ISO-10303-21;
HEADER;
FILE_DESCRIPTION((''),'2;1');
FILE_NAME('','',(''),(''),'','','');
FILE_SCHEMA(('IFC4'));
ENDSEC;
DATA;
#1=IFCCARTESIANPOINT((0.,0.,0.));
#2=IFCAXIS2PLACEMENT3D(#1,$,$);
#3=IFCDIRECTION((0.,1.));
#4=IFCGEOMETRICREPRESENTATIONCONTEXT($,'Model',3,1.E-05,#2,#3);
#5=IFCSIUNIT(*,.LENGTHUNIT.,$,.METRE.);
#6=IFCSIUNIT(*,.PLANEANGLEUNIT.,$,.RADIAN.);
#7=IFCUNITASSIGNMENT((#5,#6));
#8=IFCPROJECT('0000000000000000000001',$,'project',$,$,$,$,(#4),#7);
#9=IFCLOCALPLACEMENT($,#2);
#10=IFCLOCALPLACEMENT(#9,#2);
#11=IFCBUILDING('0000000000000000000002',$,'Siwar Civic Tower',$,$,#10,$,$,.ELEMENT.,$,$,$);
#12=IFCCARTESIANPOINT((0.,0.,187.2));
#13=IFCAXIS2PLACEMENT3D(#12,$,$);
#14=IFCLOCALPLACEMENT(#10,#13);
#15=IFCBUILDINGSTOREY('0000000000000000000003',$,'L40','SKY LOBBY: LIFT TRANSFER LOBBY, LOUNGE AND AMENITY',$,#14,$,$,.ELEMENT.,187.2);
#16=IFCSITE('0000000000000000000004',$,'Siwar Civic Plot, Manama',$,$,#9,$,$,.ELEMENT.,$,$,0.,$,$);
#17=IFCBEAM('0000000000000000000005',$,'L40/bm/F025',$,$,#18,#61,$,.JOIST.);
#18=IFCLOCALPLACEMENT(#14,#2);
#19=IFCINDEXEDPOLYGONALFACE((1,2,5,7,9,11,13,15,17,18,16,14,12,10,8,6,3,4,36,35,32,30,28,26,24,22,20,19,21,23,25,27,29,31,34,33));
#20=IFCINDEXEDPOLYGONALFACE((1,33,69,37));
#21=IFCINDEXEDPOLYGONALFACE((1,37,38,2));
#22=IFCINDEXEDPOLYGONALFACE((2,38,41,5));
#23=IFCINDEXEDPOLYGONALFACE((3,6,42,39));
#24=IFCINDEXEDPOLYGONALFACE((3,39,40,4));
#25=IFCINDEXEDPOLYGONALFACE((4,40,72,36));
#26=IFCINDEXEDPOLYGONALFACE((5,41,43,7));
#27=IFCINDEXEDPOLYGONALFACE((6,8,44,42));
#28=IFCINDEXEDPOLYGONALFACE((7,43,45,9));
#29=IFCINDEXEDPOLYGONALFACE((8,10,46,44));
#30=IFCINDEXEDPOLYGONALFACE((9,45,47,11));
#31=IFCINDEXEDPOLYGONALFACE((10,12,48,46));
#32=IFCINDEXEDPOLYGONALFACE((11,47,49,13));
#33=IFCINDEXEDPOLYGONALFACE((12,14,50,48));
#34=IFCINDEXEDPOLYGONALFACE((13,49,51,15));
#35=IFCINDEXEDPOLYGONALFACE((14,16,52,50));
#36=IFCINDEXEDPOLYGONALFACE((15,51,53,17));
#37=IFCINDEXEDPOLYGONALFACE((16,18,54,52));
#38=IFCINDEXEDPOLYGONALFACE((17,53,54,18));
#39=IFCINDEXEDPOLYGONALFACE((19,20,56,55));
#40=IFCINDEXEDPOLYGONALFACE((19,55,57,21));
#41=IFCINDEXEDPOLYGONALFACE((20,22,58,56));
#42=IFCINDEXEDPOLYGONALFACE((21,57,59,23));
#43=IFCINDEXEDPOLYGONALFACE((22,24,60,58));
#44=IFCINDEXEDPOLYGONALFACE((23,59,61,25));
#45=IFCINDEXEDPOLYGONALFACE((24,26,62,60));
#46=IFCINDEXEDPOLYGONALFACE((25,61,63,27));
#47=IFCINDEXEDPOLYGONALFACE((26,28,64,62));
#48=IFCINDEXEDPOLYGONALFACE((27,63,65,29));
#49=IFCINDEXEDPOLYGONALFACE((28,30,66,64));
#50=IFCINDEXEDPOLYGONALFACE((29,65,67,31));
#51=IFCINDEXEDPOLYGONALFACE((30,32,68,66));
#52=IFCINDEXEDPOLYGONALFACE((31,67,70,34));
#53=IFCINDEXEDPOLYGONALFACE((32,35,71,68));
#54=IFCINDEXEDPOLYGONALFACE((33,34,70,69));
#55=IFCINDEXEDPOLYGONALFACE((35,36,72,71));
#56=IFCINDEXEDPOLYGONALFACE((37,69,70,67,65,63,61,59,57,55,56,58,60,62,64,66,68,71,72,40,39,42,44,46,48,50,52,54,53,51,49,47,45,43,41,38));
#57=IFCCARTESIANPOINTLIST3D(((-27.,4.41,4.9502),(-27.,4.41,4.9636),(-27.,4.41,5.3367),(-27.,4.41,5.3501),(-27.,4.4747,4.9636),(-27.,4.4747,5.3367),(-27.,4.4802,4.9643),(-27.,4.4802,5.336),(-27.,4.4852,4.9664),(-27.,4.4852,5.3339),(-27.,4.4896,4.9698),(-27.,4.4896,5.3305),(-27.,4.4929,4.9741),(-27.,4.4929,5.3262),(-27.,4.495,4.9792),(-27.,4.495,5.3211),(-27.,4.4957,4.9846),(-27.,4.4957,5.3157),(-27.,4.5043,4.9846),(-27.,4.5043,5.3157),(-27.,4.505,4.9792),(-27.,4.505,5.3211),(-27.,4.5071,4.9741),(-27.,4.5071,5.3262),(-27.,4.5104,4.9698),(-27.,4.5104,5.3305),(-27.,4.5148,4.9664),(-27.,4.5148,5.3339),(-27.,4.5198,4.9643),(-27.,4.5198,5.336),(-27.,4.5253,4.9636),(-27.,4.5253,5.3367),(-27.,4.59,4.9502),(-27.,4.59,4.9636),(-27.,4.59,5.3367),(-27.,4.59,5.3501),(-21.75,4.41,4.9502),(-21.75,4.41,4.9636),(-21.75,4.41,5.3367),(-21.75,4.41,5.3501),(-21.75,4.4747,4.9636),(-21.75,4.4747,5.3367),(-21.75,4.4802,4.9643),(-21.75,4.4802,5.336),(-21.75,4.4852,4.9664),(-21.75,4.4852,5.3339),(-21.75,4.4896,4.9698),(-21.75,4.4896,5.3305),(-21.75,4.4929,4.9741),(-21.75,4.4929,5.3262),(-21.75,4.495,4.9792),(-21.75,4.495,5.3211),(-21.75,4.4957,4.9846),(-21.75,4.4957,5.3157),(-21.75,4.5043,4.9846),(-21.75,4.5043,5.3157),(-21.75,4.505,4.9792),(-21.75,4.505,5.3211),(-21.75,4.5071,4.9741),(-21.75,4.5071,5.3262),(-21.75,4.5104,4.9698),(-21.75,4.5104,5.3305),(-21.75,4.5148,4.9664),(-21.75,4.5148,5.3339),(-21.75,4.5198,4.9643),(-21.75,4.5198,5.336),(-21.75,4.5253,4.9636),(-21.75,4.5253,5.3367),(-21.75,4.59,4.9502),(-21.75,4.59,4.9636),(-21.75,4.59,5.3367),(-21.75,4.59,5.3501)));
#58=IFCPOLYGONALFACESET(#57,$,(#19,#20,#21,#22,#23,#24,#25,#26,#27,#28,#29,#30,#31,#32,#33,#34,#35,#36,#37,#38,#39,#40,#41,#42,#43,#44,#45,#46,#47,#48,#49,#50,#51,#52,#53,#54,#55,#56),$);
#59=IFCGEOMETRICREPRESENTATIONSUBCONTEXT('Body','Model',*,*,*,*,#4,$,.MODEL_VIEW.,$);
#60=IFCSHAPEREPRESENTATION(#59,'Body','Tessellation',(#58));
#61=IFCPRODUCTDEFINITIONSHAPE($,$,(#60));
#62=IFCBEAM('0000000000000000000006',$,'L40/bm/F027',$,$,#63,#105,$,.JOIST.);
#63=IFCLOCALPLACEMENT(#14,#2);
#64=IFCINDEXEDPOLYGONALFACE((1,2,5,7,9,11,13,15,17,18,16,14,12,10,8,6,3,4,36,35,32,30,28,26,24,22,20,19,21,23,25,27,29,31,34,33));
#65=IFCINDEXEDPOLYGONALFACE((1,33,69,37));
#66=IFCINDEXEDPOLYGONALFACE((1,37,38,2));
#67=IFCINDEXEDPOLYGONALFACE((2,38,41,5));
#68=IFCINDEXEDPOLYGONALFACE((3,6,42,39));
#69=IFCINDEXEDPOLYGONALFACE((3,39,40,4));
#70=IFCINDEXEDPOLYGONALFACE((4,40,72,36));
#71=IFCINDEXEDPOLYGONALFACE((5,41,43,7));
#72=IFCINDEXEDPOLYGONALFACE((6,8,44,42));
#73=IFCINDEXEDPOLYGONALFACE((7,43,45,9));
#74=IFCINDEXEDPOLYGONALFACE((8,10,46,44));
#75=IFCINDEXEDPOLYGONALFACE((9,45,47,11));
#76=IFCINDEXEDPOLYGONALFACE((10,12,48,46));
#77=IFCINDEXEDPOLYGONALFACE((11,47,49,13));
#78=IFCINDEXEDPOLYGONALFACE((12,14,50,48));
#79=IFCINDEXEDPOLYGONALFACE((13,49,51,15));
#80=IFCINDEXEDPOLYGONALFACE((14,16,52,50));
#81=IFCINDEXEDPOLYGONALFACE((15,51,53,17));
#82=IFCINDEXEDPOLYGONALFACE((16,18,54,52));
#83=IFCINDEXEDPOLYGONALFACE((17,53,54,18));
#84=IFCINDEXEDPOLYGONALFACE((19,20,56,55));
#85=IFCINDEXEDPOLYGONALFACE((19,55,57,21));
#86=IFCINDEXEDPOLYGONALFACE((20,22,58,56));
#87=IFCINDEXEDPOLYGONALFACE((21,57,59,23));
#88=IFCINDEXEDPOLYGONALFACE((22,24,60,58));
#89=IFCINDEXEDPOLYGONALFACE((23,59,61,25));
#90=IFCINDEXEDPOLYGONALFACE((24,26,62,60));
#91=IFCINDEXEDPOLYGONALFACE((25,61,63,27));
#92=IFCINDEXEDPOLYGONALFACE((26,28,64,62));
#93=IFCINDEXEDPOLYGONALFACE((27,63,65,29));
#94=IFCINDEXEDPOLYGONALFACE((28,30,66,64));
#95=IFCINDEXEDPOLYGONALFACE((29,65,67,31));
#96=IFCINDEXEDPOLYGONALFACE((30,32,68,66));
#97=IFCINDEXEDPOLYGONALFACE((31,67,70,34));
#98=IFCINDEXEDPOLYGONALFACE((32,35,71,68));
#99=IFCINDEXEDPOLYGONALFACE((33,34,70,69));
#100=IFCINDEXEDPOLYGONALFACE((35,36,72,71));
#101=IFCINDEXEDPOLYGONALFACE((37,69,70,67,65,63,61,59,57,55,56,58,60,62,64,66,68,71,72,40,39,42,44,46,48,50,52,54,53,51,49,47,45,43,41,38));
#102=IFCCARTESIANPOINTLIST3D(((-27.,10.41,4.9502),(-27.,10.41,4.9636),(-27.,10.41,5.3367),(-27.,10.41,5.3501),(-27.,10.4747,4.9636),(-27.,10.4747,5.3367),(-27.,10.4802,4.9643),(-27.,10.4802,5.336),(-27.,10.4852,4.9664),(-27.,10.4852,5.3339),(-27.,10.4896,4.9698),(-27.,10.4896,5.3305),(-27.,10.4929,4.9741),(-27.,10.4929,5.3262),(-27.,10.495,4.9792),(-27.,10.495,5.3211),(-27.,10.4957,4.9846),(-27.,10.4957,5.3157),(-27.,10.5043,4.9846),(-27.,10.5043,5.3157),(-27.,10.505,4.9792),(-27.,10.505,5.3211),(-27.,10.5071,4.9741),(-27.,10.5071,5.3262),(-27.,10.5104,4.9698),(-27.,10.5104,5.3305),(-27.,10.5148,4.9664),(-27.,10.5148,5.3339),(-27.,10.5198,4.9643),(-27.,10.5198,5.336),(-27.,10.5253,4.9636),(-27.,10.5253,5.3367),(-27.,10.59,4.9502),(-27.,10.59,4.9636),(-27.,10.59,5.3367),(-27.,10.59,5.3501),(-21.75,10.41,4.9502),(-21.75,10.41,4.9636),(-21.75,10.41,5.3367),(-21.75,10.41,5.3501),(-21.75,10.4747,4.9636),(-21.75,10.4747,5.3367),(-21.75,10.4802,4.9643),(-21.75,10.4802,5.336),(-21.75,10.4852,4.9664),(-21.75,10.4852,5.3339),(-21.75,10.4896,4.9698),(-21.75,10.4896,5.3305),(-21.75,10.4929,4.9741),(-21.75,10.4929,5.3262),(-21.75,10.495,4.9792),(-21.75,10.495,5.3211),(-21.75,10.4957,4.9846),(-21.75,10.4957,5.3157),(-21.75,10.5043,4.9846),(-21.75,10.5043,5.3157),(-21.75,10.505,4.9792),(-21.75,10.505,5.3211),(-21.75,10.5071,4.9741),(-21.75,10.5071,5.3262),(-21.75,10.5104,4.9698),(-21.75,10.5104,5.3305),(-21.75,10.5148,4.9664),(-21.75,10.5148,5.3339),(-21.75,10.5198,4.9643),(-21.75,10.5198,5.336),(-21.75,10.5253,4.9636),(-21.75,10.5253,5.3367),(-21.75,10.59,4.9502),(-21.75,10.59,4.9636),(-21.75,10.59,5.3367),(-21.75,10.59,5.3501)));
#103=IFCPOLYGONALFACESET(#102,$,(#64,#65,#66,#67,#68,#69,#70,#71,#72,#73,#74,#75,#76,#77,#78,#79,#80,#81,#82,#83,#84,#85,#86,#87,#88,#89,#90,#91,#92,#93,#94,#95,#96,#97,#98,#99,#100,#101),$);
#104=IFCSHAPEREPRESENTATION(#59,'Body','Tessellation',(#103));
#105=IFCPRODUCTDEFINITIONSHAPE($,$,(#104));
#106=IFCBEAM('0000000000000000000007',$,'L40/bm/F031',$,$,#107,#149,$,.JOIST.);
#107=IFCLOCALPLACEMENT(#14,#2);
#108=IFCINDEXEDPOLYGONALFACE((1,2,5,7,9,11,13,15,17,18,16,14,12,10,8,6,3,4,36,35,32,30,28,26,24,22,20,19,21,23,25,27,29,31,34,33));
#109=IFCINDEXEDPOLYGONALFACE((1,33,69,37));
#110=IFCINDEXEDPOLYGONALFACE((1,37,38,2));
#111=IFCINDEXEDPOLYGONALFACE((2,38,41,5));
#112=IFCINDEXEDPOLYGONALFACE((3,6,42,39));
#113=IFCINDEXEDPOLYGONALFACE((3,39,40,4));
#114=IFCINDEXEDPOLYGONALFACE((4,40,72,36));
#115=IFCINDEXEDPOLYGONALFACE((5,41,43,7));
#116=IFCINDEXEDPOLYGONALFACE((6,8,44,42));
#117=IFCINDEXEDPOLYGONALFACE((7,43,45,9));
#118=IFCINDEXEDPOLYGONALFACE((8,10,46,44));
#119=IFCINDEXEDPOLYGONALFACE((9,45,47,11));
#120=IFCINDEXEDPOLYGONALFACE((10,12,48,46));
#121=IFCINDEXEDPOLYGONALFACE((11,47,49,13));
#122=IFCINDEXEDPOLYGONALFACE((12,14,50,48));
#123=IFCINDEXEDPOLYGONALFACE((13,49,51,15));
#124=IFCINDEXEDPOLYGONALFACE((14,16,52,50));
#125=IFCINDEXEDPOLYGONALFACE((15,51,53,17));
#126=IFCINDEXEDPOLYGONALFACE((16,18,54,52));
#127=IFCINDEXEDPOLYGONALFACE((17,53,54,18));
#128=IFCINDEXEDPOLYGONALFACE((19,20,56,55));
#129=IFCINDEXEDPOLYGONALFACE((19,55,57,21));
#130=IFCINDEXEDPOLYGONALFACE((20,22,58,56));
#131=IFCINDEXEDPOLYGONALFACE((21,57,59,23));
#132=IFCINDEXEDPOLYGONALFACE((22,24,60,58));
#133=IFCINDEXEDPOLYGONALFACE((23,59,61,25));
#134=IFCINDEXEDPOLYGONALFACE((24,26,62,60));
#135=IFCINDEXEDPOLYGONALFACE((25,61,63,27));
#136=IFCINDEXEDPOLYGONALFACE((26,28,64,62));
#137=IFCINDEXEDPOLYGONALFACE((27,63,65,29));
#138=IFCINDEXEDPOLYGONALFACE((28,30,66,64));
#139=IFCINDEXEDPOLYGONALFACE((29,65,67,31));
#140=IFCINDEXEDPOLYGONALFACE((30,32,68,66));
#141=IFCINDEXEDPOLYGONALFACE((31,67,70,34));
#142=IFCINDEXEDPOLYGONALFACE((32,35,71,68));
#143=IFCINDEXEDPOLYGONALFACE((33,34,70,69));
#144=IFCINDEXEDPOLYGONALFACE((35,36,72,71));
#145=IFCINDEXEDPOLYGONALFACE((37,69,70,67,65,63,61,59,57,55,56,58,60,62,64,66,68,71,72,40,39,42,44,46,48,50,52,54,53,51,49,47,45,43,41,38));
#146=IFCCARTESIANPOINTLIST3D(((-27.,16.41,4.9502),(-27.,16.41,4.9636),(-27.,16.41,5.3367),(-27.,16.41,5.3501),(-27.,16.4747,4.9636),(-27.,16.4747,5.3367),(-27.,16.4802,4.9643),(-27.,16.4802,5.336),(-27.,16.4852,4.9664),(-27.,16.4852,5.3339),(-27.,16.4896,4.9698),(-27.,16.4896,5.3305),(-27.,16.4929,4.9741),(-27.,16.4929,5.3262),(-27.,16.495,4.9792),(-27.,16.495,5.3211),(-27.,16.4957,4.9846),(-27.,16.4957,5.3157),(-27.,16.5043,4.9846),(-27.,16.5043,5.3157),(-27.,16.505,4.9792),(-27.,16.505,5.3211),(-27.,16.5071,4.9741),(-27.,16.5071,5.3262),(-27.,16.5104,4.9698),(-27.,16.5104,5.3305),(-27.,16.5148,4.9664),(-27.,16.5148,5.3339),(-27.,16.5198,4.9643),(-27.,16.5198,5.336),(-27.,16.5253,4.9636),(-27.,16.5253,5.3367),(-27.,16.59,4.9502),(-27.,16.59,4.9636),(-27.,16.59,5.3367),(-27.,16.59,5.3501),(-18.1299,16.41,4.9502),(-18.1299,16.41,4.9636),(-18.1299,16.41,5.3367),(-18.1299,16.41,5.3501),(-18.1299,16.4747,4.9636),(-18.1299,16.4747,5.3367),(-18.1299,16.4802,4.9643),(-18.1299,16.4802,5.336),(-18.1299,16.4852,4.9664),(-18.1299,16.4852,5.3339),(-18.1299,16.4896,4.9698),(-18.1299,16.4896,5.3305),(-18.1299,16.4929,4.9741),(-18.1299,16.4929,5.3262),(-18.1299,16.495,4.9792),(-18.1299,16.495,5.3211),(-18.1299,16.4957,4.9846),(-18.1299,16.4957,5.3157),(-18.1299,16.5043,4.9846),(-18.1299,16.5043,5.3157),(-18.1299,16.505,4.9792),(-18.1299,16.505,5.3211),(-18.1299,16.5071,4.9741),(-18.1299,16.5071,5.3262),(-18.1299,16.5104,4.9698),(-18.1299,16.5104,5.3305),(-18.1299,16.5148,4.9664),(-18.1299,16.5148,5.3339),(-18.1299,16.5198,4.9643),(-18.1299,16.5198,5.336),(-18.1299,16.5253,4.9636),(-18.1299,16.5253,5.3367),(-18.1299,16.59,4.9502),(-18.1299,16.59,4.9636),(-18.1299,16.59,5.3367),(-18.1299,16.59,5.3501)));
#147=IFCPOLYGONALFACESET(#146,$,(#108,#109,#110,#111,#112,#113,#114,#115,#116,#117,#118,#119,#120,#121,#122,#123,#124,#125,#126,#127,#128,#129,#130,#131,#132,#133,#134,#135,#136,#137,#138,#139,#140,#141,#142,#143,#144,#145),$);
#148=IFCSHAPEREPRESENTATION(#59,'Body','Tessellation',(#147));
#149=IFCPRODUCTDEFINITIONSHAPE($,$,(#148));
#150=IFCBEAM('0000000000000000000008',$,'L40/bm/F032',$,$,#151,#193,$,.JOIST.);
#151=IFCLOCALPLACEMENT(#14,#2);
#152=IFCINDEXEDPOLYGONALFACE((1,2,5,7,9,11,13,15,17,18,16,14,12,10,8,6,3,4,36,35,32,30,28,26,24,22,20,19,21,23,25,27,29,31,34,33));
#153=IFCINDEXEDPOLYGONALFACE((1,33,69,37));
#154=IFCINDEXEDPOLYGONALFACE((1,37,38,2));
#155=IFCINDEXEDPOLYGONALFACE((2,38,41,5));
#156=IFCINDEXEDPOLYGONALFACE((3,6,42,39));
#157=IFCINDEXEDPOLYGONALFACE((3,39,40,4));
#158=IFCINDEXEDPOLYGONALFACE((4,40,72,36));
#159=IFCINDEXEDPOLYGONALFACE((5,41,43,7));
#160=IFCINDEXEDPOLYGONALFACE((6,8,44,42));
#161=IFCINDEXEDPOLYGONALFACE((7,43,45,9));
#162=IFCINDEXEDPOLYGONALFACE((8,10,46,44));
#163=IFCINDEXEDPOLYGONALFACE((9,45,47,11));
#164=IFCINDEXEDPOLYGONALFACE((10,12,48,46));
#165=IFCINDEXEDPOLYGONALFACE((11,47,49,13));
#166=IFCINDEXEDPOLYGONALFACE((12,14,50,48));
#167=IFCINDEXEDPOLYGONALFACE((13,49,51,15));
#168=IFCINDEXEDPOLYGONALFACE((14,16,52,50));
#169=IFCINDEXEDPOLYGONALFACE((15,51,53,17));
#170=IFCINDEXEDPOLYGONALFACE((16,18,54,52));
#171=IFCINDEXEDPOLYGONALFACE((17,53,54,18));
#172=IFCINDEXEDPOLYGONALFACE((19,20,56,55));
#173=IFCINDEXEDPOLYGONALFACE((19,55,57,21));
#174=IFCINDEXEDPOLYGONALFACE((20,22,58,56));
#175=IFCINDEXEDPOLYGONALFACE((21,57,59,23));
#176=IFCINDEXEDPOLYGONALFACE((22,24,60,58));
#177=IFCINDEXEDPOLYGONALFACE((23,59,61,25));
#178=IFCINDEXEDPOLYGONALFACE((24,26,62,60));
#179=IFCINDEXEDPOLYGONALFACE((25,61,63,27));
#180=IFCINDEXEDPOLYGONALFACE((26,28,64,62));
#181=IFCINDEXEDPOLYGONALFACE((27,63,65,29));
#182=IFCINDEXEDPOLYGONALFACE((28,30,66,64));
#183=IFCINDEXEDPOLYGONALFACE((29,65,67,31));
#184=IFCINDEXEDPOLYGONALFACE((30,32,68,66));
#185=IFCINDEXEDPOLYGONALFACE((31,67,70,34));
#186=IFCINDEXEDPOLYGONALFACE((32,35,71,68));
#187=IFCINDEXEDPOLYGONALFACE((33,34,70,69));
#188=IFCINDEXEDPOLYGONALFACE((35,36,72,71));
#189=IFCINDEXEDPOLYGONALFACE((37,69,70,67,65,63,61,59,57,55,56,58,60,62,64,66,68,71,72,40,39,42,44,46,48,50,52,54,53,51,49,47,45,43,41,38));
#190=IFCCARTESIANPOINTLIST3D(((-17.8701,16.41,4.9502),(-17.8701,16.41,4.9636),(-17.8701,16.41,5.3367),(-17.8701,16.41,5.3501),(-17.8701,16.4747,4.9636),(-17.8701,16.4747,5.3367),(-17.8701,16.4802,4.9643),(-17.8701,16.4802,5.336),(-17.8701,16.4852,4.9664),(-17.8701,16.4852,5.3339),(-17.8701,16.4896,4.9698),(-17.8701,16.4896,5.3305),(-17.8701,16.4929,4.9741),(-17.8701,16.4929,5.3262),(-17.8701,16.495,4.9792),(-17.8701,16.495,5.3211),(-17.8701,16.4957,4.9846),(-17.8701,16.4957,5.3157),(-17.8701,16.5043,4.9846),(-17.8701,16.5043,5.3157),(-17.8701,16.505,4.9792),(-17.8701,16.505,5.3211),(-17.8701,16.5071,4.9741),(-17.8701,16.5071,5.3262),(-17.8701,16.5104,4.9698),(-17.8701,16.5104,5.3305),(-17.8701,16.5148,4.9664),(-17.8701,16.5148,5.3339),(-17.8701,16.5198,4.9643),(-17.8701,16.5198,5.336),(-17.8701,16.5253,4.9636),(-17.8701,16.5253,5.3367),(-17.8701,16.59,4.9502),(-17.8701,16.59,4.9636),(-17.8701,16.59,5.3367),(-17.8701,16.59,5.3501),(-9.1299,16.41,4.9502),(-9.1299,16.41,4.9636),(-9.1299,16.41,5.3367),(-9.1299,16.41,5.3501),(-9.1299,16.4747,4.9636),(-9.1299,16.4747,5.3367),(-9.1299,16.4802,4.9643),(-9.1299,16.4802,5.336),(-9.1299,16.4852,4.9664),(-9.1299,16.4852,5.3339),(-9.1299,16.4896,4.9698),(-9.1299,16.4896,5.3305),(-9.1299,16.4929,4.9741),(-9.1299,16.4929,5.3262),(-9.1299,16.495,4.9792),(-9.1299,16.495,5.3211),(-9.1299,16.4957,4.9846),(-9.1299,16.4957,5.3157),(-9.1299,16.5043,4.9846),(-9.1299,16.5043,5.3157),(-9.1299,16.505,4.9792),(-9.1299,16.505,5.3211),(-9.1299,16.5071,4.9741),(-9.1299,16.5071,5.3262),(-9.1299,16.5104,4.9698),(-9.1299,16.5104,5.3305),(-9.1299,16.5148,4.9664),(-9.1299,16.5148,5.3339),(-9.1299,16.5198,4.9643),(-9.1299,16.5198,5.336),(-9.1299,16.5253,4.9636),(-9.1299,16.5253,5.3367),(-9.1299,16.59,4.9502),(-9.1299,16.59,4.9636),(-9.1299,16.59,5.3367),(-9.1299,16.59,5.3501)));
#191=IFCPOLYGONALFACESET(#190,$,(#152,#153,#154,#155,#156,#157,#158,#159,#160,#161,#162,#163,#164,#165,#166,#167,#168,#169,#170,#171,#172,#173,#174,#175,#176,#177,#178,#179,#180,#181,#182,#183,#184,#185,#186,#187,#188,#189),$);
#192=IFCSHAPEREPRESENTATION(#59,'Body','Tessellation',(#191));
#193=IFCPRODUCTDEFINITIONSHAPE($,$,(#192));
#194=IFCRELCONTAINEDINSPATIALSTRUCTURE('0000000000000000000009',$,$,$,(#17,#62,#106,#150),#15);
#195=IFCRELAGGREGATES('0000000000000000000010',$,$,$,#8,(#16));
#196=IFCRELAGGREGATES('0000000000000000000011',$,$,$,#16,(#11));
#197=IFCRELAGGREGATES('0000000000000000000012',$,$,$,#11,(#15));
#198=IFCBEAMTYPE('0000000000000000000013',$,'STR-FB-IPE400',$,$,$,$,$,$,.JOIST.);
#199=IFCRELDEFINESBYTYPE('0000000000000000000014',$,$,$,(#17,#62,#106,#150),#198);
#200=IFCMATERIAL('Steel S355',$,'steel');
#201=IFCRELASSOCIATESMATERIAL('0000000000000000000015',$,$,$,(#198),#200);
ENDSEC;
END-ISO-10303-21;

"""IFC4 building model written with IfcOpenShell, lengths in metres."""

from ifc_helpers import new_model, si_unit, direction, frame, origin, origin_2d, place, context, subcontext, project, spatial, i_section, extrude, material, material_profile, profile_set, type_object, element, save


model = new_model("IFC4")

# Units and contexts
model_context = context("Model", 3, precision=1e-05, world=origin(), true_north=direction((0.0, 1.0)))
body_context = subcontext(model_context, "Body", "Model", "MODEL_VIEW")
ifc_project = project(units=[si_unit("LENGTHUNIT", "METRE"), si_unit("PLANEANGLEUNIT", "RADIAN")], contexts=[model_context])

# Site, building, storey
site_placement = place(None, origin())
site = spatial("IfcSite", under=ifc_project, at=site_placement, Name="Siwar Civic Plot, Manama", CompositionType="ELEMENT", RefElevation=0.0)
building_placement = place(site_placement, origin())
building = spatial("IfcBuilding", under=site, at=building_placement, Name="Siwar Civic Tower", CompositionType="ELEMENT")
storey_placement = place(building_placement, frame((0.0, 0.0, 187.2)))
storey = spatial("IfcBuildingStorey", under=building, at=storey_placement, Name="L40", Description="SKY LOBBY: LIFT TRANSFER LOBBY, LOUNGE AND AMENITY", CompositionType="ELEMENT", Elevation=187.2)

# Beams
ifc_material_1 = material(Name="Steel S355", Category="steel")
ifc_material_profile_1 = material_profile(ifc_material_1, i_section(OverallWidth=0.1799, OverallDepth=0.3999, WebThickness=0.0085, FlangeThickness=0.0134, FilletRadius=0.021, at=origin_2d()), Name="IPE400")
ifc_profile_set_1 = profile_set([ifc_material_profile_1], Name="Steel S355")
beam_type_1 = type_object("IfcBeamType", Name="STR-FB-IPE400", PredefinedType="JOIST", material=ifc_profile_set_1)
for number, where, z_axis, x_axis, name in (
    (1, (-27.0, 4.5, 5.1501), (1.0, 0.0, 0.0), (0.0, 1.0, 0.0), "L40/bm/F025"),
    (2, (-27.0, 10.5, 5.1501), (1.0, 0.0, 0.0), (0.0, 1.0, 0.0), "L40/bm/F027"),
):
    element("IfcBeam", number, at=place(storey_placement, frame(where, z_axis=z_axis, x_axis=x_axis)), inside=storey, type_object=beam_type_1, Name=name, PredefinedType="JOIST", context=body_context, shape_type="SweptSolid", body=[
        extrude(i_section(OverallWidth=0.1799, OverallDepth=0.3999, WebThickness=0.0085, FlangeThickness=0.0134, FilletRadius=0.021, at=origin_2d()), origin(), (0.0, 0.0, 1.0), 5.25),
    ])
beam_1_placement = place(storey_placement, frame((-27.0, 16.5, 5.1501), z_axis=(1.0, 0.0, 0.0), x_axis=(0.0, 1.0, 0.0)))
element("IfcBeam", 3, at=beam_1_placement, inside=storey, type_object=beam_type_1, Name="L40/bm/F031", PredefinedType="JOIST", context=body_context, shape_type="SweptSolid", body=[
    extrude(i_section(OverallWidth=0.1799, OverallDepth=0.3999, WebThickness=0.0085, FlangeThickness=0.0134, FilletRadius=0.021, at=origin_2d()), origin(), (0.0, 0.0, 1.0), 8.8701),
])
beam_2_placement = place(storey_placement, frame((-17.8701, 16.5, 5.1501), z_axis=(1.0, 0.0, 0.0), x_axis=(0.0, 1.0, 0.0)))
element("IfcBeam", 4, at=beam_2_placement, inside=storey, type_object=beam_type_1, Name="L40/bm/F032", PredefinedType="JOIST", context=body_context, shape_type="SweptSolid", body=[
    extrude(i_section(OverallWidth=0.1799, OverallDepth=0.3999, WebThickness=0.0085, FlangeThickness=0.0134, FilletRadius=0.021, at=origin_2d()), origin(), (0.0, 0.0, 1.0), 8.7402),
])

save(model, "model.ifc")
